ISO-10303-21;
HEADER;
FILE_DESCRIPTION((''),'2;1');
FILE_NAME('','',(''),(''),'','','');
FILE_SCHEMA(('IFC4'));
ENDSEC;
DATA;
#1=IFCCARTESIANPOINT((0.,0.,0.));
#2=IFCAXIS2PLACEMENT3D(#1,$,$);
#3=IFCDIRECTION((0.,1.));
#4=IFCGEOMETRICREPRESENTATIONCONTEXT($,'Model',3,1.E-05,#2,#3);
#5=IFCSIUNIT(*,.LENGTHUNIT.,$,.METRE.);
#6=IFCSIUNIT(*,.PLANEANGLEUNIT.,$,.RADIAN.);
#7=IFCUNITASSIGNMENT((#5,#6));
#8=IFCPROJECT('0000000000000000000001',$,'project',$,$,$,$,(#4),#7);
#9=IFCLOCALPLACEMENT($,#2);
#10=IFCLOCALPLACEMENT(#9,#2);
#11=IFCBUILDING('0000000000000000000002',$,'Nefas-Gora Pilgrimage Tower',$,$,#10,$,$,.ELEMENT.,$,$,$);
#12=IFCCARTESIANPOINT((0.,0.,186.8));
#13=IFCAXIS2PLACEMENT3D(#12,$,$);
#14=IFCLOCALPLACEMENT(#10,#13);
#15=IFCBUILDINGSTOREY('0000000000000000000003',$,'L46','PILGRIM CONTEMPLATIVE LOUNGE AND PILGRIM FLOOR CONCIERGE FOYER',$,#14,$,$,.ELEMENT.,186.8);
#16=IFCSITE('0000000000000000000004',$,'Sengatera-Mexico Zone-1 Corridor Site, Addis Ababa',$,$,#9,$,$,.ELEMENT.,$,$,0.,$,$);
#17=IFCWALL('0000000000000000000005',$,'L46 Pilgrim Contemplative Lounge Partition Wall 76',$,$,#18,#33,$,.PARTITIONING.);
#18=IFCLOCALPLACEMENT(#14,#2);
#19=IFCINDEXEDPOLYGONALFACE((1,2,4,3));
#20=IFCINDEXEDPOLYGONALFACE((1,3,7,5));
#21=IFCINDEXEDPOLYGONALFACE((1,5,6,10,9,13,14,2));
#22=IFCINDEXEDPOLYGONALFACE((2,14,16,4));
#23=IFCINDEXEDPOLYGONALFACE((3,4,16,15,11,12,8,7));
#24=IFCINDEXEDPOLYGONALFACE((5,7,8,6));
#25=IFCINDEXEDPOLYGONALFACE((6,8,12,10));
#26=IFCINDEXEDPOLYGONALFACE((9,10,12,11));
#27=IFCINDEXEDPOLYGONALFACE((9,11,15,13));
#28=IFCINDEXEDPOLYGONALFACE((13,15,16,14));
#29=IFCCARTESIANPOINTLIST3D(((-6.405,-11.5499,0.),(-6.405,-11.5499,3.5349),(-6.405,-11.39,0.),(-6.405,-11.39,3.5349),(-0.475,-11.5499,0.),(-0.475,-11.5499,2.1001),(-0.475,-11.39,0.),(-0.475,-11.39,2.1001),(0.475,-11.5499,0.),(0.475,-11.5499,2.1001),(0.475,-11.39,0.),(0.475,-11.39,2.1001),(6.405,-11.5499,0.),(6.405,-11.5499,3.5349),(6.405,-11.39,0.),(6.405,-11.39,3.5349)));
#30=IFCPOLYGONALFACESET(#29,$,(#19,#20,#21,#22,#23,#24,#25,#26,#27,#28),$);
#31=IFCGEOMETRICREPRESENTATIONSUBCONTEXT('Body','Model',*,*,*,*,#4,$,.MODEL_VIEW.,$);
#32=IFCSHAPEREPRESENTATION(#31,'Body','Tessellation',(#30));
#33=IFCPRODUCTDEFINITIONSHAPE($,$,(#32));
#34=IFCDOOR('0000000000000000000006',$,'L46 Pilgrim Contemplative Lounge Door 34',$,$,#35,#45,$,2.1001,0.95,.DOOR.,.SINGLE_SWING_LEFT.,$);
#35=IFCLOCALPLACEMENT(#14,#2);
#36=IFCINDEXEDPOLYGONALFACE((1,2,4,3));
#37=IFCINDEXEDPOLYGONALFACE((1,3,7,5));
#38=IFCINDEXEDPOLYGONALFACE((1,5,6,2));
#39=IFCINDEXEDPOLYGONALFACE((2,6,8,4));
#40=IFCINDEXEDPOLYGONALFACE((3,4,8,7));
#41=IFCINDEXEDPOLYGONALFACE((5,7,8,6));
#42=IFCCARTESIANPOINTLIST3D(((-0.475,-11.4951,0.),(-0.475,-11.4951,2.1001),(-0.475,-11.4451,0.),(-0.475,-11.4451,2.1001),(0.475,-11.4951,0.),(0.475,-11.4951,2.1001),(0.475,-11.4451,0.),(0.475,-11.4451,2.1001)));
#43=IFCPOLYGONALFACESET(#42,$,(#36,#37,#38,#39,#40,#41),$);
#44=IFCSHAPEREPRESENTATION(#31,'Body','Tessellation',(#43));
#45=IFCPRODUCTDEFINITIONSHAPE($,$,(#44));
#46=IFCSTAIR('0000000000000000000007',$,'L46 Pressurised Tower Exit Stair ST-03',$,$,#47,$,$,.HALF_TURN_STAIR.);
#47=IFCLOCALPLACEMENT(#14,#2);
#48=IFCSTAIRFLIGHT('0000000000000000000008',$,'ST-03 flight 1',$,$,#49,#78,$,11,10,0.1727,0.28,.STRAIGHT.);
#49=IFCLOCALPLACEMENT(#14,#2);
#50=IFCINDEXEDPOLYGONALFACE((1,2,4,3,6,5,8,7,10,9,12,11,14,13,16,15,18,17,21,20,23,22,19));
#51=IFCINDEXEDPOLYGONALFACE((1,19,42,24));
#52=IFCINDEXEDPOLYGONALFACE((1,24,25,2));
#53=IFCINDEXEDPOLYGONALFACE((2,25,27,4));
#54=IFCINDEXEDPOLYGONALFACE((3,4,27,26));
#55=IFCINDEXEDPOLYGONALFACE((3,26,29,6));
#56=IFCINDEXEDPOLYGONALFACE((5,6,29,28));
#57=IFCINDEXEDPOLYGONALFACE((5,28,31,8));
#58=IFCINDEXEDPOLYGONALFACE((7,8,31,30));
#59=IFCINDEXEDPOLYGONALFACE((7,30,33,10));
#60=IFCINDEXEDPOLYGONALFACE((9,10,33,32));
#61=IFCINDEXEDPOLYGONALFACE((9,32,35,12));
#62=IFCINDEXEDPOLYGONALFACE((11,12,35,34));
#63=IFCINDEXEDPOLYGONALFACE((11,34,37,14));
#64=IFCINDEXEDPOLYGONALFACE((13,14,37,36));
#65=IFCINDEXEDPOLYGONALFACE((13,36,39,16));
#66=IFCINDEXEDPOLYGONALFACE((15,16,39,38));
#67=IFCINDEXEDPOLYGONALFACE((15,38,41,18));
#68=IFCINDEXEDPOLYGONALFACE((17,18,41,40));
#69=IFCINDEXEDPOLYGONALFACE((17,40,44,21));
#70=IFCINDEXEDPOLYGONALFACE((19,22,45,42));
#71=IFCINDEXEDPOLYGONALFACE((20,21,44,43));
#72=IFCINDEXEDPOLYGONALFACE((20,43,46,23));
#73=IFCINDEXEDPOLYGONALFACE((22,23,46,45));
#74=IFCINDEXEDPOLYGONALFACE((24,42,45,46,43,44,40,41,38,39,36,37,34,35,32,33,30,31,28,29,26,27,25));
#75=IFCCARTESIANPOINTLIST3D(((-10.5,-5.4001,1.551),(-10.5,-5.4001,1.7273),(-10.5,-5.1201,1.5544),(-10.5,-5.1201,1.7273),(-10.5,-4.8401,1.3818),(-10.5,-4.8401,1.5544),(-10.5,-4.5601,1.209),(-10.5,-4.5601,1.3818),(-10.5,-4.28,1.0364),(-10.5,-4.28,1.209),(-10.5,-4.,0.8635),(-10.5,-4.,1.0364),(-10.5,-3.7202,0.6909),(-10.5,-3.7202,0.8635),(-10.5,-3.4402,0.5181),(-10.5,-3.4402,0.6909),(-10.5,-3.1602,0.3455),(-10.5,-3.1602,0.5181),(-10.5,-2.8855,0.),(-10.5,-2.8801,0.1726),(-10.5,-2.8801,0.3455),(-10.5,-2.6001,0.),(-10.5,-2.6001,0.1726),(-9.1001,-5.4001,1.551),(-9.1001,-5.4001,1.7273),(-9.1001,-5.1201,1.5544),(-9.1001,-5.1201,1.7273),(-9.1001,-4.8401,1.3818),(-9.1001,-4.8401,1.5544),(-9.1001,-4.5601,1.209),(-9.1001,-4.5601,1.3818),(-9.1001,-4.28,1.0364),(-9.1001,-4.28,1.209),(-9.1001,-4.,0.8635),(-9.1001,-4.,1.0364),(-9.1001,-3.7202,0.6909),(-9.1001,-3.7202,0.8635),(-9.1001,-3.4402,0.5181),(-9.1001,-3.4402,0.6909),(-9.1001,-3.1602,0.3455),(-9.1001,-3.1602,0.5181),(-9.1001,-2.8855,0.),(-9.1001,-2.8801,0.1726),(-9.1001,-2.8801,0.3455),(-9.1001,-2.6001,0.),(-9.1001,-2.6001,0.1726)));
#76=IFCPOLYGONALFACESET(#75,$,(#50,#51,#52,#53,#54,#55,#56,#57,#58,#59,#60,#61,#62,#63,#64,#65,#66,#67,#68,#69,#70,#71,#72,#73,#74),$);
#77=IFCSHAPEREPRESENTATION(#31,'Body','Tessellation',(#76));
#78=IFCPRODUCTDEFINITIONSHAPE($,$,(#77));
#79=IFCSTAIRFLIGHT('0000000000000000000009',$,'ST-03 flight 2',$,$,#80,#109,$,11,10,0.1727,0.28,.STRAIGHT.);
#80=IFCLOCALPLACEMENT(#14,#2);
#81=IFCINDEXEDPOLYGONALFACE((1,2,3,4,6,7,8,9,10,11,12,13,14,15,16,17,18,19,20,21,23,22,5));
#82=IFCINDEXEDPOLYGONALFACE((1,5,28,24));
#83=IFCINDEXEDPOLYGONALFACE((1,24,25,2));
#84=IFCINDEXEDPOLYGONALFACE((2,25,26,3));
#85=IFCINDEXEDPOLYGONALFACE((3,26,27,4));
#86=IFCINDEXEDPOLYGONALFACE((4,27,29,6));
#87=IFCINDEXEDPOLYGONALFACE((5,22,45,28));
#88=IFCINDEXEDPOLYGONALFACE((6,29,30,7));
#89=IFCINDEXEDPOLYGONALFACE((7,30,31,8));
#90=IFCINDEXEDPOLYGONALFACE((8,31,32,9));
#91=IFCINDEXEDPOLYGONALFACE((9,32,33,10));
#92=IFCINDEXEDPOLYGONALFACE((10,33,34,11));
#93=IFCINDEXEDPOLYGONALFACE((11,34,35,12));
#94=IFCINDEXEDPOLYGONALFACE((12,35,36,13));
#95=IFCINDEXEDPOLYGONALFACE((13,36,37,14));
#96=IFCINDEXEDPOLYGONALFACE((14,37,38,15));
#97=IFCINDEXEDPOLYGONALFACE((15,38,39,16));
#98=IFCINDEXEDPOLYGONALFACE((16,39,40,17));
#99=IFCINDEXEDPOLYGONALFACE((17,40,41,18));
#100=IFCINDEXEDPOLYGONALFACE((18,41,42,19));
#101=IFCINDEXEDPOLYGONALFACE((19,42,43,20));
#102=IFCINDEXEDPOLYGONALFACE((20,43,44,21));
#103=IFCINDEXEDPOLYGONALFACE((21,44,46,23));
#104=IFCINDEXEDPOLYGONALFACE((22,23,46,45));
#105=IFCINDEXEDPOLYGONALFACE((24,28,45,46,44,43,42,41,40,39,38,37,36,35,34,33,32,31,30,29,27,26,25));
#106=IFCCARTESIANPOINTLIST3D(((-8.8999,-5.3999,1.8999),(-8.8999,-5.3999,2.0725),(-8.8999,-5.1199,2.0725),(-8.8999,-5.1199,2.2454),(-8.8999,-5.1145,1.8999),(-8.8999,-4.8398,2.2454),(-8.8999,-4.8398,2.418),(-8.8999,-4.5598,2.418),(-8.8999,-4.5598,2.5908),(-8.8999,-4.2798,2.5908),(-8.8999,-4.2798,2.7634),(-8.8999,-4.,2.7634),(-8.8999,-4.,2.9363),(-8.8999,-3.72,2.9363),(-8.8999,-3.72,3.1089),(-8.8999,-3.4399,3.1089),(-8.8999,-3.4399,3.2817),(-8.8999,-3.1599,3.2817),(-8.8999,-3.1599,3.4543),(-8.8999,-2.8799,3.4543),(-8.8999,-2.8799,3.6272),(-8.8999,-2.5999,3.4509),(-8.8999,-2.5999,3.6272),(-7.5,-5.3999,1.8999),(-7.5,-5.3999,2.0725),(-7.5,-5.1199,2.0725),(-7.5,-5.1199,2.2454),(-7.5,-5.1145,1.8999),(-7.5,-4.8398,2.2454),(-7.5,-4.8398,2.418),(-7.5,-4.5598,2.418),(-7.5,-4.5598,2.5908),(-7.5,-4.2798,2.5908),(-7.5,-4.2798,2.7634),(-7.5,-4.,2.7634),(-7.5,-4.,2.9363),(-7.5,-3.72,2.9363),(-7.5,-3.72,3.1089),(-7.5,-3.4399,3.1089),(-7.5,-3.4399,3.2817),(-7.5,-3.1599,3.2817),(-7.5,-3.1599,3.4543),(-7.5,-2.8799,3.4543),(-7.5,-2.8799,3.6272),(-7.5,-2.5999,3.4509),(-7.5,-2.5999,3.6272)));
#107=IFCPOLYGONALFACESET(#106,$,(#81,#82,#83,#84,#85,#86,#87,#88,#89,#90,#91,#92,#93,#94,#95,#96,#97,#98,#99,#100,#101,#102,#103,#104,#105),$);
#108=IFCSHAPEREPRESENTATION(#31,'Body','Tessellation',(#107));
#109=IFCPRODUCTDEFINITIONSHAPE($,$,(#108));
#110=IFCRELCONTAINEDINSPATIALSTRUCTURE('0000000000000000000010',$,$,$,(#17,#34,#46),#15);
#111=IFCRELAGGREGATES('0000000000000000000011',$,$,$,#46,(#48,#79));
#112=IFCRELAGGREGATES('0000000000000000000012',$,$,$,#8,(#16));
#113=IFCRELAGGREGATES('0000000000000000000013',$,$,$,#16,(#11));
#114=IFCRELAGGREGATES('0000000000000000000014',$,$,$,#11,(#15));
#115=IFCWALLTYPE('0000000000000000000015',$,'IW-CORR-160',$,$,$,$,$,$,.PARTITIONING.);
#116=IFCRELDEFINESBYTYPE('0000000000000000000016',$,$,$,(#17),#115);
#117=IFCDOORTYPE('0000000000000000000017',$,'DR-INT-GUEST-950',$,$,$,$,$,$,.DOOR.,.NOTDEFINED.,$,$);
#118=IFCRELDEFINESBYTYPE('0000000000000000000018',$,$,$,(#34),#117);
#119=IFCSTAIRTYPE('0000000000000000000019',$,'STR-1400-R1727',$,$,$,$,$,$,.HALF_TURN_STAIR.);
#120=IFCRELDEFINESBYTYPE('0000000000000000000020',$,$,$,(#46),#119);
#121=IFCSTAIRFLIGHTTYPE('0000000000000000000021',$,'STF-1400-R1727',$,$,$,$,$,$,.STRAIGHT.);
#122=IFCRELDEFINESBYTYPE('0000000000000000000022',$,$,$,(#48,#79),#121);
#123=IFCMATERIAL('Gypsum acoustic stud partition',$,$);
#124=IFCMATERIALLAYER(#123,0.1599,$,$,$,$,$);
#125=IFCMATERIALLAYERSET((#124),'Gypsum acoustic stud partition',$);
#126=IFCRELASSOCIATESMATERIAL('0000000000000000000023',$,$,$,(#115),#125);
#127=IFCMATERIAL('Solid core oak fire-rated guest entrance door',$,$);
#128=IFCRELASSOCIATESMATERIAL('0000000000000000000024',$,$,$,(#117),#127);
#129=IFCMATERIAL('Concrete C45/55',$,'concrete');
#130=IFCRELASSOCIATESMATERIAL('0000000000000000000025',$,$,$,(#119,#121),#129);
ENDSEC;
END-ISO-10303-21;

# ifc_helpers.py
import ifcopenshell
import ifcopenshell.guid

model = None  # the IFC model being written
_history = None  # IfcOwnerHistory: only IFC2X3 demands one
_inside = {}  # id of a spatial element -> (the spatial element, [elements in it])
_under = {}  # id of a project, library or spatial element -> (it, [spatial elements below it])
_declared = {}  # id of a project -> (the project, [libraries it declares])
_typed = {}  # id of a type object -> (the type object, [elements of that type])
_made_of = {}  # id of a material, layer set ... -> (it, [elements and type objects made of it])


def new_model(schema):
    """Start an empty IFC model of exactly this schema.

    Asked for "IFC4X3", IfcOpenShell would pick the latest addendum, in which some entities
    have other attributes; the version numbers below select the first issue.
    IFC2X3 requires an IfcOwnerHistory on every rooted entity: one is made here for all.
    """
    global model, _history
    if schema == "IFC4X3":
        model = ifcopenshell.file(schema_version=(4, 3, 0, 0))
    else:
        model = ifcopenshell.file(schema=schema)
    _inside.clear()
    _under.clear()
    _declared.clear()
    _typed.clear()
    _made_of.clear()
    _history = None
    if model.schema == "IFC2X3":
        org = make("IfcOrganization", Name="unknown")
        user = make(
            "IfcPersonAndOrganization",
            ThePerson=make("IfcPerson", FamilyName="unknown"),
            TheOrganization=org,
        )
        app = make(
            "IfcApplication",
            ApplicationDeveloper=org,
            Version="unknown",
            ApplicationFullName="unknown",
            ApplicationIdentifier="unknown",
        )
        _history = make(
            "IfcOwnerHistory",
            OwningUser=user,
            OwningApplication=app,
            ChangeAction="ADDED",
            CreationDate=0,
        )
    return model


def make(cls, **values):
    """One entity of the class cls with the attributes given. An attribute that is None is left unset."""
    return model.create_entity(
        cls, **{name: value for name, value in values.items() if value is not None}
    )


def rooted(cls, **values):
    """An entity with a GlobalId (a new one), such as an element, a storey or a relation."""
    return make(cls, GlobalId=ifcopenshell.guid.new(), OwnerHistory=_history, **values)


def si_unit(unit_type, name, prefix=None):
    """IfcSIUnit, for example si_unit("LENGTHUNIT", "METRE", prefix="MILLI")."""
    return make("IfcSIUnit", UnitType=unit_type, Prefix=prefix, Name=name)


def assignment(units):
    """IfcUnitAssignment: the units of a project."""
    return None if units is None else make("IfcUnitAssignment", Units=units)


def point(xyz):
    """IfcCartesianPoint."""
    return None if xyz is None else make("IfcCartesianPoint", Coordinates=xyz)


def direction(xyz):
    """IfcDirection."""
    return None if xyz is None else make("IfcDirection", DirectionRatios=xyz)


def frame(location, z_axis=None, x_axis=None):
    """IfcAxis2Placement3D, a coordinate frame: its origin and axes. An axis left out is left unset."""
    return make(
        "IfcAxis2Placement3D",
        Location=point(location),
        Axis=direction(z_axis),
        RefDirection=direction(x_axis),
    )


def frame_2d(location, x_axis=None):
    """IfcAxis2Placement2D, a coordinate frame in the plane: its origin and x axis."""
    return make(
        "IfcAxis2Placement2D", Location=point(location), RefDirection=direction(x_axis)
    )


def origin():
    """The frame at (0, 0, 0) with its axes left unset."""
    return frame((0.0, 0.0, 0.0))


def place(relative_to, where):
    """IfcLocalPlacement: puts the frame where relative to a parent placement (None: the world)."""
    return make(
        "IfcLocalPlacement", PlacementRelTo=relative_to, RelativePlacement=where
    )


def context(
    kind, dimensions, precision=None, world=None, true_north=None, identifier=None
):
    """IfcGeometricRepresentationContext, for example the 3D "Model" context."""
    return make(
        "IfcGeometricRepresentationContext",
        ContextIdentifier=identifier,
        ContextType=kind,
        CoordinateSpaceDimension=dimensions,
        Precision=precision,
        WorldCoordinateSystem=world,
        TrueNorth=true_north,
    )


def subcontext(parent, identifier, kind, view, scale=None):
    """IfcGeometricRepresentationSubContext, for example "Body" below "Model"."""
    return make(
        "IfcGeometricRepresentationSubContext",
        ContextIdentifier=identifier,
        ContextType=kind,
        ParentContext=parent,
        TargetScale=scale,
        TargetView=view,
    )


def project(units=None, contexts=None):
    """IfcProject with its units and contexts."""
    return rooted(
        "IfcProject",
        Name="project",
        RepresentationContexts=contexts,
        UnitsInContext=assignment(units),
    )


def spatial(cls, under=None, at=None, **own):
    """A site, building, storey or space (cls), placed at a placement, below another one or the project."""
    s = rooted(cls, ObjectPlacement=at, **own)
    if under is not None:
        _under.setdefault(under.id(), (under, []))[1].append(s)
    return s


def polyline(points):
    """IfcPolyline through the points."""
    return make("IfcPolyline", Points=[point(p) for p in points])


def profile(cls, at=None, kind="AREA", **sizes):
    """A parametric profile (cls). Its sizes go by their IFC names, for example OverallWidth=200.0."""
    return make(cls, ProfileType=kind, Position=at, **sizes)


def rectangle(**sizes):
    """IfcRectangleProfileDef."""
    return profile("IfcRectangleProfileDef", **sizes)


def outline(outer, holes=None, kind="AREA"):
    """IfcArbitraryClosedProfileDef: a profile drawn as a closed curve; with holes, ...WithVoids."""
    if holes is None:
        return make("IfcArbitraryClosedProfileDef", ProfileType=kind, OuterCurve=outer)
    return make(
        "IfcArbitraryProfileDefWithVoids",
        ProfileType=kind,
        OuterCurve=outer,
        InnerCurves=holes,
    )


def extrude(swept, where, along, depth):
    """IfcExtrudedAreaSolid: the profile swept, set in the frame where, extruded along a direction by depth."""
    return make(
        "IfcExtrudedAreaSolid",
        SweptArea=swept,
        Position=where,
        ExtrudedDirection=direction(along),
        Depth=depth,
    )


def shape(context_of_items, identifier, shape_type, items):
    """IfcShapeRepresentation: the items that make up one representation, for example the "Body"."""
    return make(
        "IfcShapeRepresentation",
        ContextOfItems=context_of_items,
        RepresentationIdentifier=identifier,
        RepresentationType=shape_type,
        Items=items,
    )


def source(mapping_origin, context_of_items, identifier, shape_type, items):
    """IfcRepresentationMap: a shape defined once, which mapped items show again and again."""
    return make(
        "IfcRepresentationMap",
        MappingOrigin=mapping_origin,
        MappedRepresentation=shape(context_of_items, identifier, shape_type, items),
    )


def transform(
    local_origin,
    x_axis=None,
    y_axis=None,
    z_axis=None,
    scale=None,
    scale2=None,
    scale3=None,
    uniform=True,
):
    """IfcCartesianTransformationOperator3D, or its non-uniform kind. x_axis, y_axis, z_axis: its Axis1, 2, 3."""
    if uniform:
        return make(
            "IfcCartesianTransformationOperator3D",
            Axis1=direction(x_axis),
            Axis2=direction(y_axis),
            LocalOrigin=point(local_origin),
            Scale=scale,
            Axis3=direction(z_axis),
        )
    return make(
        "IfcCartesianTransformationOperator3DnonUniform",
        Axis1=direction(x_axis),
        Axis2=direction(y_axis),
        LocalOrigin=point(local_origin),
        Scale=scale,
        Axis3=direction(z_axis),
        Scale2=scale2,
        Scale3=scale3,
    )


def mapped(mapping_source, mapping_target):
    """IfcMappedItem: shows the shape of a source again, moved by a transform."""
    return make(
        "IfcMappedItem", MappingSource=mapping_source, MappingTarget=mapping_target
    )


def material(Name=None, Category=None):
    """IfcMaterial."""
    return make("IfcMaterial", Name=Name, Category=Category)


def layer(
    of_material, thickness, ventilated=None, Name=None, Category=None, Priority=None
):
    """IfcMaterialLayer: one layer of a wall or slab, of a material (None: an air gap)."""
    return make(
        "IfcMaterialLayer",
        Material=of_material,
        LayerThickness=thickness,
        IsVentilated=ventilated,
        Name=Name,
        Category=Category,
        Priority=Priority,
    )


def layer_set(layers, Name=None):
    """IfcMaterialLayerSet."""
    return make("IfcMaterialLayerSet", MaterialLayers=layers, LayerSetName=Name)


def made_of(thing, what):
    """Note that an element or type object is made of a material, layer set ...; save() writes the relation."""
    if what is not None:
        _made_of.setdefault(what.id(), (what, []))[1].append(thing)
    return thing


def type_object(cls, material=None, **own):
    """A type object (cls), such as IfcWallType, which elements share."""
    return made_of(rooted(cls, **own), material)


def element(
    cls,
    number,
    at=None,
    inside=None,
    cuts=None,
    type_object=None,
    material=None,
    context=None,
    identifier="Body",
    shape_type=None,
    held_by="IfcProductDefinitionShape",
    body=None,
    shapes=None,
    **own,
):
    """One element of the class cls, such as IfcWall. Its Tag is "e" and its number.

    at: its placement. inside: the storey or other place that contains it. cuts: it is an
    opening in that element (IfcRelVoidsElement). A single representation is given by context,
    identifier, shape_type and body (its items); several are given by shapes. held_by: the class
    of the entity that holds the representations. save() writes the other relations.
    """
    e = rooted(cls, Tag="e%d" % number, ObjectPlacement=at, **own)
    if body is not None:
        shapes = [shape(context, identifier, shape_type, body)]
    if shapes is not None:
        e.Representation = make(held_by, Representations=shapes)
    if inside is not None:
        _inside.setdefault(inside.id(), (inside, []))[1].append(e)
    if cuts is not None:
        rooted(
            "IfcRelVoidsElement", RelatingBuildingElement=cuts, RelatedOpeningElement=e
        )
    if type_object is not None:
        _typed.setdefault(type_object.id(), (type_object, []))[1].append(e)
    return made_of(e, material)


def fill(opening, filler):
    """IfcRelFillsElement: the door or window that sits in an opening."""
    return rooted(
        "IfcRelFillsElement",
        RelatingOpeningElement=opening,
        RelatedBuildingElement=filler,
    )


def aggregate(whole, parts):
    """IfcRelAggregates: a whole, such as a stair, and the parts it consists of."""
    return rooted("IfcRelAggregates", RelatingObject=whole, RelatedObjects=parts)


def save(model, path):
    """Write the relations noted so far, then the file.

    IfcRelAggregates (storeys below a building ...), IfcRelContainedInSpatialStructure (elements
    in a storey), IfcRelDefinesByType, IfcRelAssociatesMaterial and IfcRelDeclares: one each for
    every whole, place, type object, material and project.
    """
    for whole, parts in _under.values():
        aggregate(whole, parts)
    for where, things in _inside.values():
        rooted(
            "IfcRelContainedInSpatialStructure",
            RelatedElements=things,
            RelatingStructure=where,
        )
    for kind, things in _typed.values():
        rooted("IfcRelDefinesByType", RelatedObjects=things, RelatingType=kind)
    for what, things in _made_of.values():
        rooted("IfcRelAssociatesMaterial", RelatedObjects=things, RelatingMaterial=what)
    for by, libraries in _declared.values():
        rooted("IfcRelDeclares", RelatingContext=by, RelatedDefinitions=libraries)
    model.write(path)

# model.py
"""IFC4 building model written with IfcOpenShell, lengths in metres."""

from ifc_helpers import new_model, si_unit, direction, frame, frame_2d, origin, place, context, subcontext, project, spatial, polyline, rectangle, outline, extrude, source, transform, mapped, material, layer, layer_set, type_object, element, fill, aggregate, save


model = new_model("IFC4")

# Units and contexts
model_context = context("Model", 3, precision=1e-05, world=origin(), true_north=direction((0.0, 1.0)))
body_context = subcontext(model_context, "Body", "Model", "MODEL_VIEW")
ifc_project = project(units=[si_unit("LENGTHUNIT", "METRE"), si_unit("PLANEANGLEUNIT", "RADIAN")], contexts=[model_context])

# Site, building, storey
site_placement = place(None, origin())
site = spatial("IfcSite", under=ifc_project, at=site_placement, Name="Sengatera-Mexico Zone-1 Corridor Site, Addis Ababa", CompositionType="ELEMENT", RefElevation=0.0)
building_placement = place(site_placement, origin())
building = spatial("IfcBuilding", under=site, at=building_placement, Name="Nefas-Gora Pilgrimage Tower", CompositionType="ELEMENT")
storey_placement = place(building_placement, frame((0.0, 0.0, 186.8)))
storey = spatial("IfcBuildingStorey", under=building, at=storey_placement, Name="L46", Description="PILGRIM CONTEMPLATIVE LOUNGE AND PILGRIM FLOOR CONCIERGE FOYER", CompositionType="ELEMENT", Elevation=186.8)

# Shared definitions
ifc_material_1 = material(Name="Concrete C45/55", Category="concrete")

# Shared definitions
ifc_material_2 = material(Name="Gypsum acoustic stud partition")
ifc_layer_1 = layer(ifc_material_2, 0.1599)
ifc_layer_set_1 = layer_set([ifc_layer_1], Name="Gypsum acoustic stud partition")
wall_type_1 = type_object("IfcWallType", Name="IW-CORR-160", PredefinedType="PARTITIONING", material=ifc_layer_set_1)

# Wall, opening, door
shared_shape_1 = source(origin(), body_context, "Body", "SweptSolid", [
    extrude(rectangle(XDim=12.8101, YDim=0.1599, at=frame_2d((6.405, 0.0))), origin(), (0.0, 0.0, 1.0), 3.5349),
])
wall_1_placement = place(storey_placement, frame((-6.405, -11.47, 0.0), z_axis=(0.0, 0.0, 1.0), x_axis=(1.0, 0.0, 0.0)))
wall_1 = element("IfcWall", 1, at=wall_1_placement, inside=storey, type_object=wall_type_1, Name="L46 Pilgrim Contemplative Lounge Partition Wall 76", PredefinedType="PARTITIONING", context=body_context, shape_type="MappedRepresentation", body=[
    mapped(shared_shape_1, transform((0.0, 0.0, 0.0), x_axis=(1.0, 0.0, 0.0), y_axis=(0.0, 1.0, 0.0), z_axis=(0.0, 0.0, 1.0), scale=1.0)),
])
opening_1_placement = place(wall_1_placement, frame((5.9299, 0.0, 0.0)))
opening_1 = element("IfcOpeningElement", 2, at=opening_1_placement, cuts=wall_1, PredefinedType="OPENING", context=body_context, shape_type="SweptSolid", body=[
    extrude(rectangle(XDim=0.95, YDim=2.1001, at=frame_2d((0.4751, 1.05))), frame((0.0, 0.0898, 0.0), z_axis=(0.0, -1.0, 0.0), x_axis=(1.0, 0.0, 0.0)), (0.0, 0.0, 1.0), 0.1799),
])
ifc_material_3 = material(Name="Solid core oak fire-rated guest entrance door")
door_type_1 = type_object("IfcDoorType", Name="DR-INT-GUEST-950", OperationType="NOTDEFINED", PredefinedType="DOOR", material=ifc_material_3)
shared_shape_2 = source(origin(), body_context, "Body", "SweptSolid", [
    extrude(rectangle(XDim=0.95, YDim=2.1001, at=frame_2d((0.4751, 1.05))), frame((0.0, 0.0249, 0.0), z_axis=(0.0, -1.0, 0.0), x_axis=(1.0, 0.0, 0.0)), (0.0, 0.0, 1.0), 0.05),
])
door_1_placement = place(opening_1_placement, origin())
door_1 = element("IfcDoor", 3, at=door_1_placement, inside=storey, type_object=door_type_1, Name="L46 Pilgrim Contemplative Lounge Door 34", OperationType="SINGLE_SWING_LEFT", OverallHeight=2.1001, OverallWidth=0.95, PredefinedType="DOOR", context=body_context, shape_type="MappedRepresentation", body=[
    mapped(shared_shape_2, transform((0.0, 0.0, 0.0), x_axis=(1.0, 0.0, 0.0), y_axis=(0.0, 1.0, 0.0), z_axis=(0.0, 0.0, 1.0), scale=1.0)),
])
fill(opening_1, door_1)

# Stair, stair flights
stair_type = type_object("IfcStairType", Name="STR-1400-R1727", PredefinedType="HALF_TURN_STAIR", material=ifc_material_1)
stair_placement = place(storey_placement, origin())
stair = element("IfcStair", 4, at=stair_placement, inside=storey, type_object=stair_type, Name="L46 Pressurised Tower Exit Stair ST-03", PredefinedType="HALF_TURN_STAIR")
stair_flight_type = type_object("IfcStairFlightType", Name="STF-1400-R1727", PredefinedType="STRAIGHT", material=ifc_material_1)
shared_shape_3 = source(origin(), body_context, "Body", "SweptSolid", [
    extrude(outline(polyline([(0.0, 0.0), (0.0, 0.1726), (0.28, 0.1726), (0.28, 0.3455), (0.5601, 0.3455), (0.5601, 0.5181), (0.8401, 0.5181), (0.8401, 0.6909), (1.1201, 0.6909), (1.1201, 0.8635), (1.3999, 0.8635), (1.3999, 1.0364), (1.6799, 1.0364), (1.6799, 1.209), (1.96, 1.209), (1.96, 1.3818), (2.24, 1.3818), (2.24, 1.5544), (2.52, 1.5544), (2.52, 1.7273), (2.8, 1.7273), (2.8, 1.8999), (2.8, 1.551), (0.2854, 0.0), (0.0, 0.0)])), frame((0.0, 0.7, 0.0), z_axis=(0.0, -1.0, 0.0), x_axis=(1.0, 0.0, 0.0)), (0.0, 0.0, 1.0), 1.3999),
])
stair_flight_1_placement = place(storey_placement, frame((-9.8, -2.6001, 0.0), z_axis=(0.0, 0.0, 1.0), x_axis=(0.0, -1.0, 0.0)))
stair_flight_1 = element("IfcStairFlight", 5, at=stair_flight_1_placement, type_object=stair_flight_type, Name="ST-03 flight 1", NumberOfRisers=11, NumberOfTreads=10, PredefinedType="STRAIGHT", RiserHeight=0.1727, TreadLength=0.28, context=body_context, shape_type="MappedRepresentation", body=[
    mapped(shared_shape_3, transform((0.0, 0.0, 0.0), x_axis=(1.0, 0.0, 0.0), y_axis=(0.0, 1.0, 0.0), z_axis=(0.0, 0.0, 1.0), scale=1.0)),
])
stair_flight_2_placement = place(storey_placement, frame((-8.2, -5.3999, 1.8999), z_axis=(0.0, 0.0, 1.0), x_axis=(0.0, 1.0, 0.0)))
stair_flight_2 = element("IfcStairFlight", 6, at=stair_flight_2_placement, type_object=stair_flight_type, Name="ST-03 flight 2", NumberOfRisers=11, NumberOfTreads=10, PredefinedType="STRAIGHT", RiserHeight=0.1727, TreadLength=0.28, context=body_context, shape_type="MappedRepresentation", body=[
    mapped(shared_shape_3, transform((0.0, 0.0, 0.0), x_axis=(1.0, 0.0, 0.0), y_axis=(0.0, 1.0, 0.0), z_axis=(0.0, 0.0, 1.0), scale=1.0)),
])
aggregate(stair, [stair_flight_1, stair_flight_2])

save(model, "model.ifc")
